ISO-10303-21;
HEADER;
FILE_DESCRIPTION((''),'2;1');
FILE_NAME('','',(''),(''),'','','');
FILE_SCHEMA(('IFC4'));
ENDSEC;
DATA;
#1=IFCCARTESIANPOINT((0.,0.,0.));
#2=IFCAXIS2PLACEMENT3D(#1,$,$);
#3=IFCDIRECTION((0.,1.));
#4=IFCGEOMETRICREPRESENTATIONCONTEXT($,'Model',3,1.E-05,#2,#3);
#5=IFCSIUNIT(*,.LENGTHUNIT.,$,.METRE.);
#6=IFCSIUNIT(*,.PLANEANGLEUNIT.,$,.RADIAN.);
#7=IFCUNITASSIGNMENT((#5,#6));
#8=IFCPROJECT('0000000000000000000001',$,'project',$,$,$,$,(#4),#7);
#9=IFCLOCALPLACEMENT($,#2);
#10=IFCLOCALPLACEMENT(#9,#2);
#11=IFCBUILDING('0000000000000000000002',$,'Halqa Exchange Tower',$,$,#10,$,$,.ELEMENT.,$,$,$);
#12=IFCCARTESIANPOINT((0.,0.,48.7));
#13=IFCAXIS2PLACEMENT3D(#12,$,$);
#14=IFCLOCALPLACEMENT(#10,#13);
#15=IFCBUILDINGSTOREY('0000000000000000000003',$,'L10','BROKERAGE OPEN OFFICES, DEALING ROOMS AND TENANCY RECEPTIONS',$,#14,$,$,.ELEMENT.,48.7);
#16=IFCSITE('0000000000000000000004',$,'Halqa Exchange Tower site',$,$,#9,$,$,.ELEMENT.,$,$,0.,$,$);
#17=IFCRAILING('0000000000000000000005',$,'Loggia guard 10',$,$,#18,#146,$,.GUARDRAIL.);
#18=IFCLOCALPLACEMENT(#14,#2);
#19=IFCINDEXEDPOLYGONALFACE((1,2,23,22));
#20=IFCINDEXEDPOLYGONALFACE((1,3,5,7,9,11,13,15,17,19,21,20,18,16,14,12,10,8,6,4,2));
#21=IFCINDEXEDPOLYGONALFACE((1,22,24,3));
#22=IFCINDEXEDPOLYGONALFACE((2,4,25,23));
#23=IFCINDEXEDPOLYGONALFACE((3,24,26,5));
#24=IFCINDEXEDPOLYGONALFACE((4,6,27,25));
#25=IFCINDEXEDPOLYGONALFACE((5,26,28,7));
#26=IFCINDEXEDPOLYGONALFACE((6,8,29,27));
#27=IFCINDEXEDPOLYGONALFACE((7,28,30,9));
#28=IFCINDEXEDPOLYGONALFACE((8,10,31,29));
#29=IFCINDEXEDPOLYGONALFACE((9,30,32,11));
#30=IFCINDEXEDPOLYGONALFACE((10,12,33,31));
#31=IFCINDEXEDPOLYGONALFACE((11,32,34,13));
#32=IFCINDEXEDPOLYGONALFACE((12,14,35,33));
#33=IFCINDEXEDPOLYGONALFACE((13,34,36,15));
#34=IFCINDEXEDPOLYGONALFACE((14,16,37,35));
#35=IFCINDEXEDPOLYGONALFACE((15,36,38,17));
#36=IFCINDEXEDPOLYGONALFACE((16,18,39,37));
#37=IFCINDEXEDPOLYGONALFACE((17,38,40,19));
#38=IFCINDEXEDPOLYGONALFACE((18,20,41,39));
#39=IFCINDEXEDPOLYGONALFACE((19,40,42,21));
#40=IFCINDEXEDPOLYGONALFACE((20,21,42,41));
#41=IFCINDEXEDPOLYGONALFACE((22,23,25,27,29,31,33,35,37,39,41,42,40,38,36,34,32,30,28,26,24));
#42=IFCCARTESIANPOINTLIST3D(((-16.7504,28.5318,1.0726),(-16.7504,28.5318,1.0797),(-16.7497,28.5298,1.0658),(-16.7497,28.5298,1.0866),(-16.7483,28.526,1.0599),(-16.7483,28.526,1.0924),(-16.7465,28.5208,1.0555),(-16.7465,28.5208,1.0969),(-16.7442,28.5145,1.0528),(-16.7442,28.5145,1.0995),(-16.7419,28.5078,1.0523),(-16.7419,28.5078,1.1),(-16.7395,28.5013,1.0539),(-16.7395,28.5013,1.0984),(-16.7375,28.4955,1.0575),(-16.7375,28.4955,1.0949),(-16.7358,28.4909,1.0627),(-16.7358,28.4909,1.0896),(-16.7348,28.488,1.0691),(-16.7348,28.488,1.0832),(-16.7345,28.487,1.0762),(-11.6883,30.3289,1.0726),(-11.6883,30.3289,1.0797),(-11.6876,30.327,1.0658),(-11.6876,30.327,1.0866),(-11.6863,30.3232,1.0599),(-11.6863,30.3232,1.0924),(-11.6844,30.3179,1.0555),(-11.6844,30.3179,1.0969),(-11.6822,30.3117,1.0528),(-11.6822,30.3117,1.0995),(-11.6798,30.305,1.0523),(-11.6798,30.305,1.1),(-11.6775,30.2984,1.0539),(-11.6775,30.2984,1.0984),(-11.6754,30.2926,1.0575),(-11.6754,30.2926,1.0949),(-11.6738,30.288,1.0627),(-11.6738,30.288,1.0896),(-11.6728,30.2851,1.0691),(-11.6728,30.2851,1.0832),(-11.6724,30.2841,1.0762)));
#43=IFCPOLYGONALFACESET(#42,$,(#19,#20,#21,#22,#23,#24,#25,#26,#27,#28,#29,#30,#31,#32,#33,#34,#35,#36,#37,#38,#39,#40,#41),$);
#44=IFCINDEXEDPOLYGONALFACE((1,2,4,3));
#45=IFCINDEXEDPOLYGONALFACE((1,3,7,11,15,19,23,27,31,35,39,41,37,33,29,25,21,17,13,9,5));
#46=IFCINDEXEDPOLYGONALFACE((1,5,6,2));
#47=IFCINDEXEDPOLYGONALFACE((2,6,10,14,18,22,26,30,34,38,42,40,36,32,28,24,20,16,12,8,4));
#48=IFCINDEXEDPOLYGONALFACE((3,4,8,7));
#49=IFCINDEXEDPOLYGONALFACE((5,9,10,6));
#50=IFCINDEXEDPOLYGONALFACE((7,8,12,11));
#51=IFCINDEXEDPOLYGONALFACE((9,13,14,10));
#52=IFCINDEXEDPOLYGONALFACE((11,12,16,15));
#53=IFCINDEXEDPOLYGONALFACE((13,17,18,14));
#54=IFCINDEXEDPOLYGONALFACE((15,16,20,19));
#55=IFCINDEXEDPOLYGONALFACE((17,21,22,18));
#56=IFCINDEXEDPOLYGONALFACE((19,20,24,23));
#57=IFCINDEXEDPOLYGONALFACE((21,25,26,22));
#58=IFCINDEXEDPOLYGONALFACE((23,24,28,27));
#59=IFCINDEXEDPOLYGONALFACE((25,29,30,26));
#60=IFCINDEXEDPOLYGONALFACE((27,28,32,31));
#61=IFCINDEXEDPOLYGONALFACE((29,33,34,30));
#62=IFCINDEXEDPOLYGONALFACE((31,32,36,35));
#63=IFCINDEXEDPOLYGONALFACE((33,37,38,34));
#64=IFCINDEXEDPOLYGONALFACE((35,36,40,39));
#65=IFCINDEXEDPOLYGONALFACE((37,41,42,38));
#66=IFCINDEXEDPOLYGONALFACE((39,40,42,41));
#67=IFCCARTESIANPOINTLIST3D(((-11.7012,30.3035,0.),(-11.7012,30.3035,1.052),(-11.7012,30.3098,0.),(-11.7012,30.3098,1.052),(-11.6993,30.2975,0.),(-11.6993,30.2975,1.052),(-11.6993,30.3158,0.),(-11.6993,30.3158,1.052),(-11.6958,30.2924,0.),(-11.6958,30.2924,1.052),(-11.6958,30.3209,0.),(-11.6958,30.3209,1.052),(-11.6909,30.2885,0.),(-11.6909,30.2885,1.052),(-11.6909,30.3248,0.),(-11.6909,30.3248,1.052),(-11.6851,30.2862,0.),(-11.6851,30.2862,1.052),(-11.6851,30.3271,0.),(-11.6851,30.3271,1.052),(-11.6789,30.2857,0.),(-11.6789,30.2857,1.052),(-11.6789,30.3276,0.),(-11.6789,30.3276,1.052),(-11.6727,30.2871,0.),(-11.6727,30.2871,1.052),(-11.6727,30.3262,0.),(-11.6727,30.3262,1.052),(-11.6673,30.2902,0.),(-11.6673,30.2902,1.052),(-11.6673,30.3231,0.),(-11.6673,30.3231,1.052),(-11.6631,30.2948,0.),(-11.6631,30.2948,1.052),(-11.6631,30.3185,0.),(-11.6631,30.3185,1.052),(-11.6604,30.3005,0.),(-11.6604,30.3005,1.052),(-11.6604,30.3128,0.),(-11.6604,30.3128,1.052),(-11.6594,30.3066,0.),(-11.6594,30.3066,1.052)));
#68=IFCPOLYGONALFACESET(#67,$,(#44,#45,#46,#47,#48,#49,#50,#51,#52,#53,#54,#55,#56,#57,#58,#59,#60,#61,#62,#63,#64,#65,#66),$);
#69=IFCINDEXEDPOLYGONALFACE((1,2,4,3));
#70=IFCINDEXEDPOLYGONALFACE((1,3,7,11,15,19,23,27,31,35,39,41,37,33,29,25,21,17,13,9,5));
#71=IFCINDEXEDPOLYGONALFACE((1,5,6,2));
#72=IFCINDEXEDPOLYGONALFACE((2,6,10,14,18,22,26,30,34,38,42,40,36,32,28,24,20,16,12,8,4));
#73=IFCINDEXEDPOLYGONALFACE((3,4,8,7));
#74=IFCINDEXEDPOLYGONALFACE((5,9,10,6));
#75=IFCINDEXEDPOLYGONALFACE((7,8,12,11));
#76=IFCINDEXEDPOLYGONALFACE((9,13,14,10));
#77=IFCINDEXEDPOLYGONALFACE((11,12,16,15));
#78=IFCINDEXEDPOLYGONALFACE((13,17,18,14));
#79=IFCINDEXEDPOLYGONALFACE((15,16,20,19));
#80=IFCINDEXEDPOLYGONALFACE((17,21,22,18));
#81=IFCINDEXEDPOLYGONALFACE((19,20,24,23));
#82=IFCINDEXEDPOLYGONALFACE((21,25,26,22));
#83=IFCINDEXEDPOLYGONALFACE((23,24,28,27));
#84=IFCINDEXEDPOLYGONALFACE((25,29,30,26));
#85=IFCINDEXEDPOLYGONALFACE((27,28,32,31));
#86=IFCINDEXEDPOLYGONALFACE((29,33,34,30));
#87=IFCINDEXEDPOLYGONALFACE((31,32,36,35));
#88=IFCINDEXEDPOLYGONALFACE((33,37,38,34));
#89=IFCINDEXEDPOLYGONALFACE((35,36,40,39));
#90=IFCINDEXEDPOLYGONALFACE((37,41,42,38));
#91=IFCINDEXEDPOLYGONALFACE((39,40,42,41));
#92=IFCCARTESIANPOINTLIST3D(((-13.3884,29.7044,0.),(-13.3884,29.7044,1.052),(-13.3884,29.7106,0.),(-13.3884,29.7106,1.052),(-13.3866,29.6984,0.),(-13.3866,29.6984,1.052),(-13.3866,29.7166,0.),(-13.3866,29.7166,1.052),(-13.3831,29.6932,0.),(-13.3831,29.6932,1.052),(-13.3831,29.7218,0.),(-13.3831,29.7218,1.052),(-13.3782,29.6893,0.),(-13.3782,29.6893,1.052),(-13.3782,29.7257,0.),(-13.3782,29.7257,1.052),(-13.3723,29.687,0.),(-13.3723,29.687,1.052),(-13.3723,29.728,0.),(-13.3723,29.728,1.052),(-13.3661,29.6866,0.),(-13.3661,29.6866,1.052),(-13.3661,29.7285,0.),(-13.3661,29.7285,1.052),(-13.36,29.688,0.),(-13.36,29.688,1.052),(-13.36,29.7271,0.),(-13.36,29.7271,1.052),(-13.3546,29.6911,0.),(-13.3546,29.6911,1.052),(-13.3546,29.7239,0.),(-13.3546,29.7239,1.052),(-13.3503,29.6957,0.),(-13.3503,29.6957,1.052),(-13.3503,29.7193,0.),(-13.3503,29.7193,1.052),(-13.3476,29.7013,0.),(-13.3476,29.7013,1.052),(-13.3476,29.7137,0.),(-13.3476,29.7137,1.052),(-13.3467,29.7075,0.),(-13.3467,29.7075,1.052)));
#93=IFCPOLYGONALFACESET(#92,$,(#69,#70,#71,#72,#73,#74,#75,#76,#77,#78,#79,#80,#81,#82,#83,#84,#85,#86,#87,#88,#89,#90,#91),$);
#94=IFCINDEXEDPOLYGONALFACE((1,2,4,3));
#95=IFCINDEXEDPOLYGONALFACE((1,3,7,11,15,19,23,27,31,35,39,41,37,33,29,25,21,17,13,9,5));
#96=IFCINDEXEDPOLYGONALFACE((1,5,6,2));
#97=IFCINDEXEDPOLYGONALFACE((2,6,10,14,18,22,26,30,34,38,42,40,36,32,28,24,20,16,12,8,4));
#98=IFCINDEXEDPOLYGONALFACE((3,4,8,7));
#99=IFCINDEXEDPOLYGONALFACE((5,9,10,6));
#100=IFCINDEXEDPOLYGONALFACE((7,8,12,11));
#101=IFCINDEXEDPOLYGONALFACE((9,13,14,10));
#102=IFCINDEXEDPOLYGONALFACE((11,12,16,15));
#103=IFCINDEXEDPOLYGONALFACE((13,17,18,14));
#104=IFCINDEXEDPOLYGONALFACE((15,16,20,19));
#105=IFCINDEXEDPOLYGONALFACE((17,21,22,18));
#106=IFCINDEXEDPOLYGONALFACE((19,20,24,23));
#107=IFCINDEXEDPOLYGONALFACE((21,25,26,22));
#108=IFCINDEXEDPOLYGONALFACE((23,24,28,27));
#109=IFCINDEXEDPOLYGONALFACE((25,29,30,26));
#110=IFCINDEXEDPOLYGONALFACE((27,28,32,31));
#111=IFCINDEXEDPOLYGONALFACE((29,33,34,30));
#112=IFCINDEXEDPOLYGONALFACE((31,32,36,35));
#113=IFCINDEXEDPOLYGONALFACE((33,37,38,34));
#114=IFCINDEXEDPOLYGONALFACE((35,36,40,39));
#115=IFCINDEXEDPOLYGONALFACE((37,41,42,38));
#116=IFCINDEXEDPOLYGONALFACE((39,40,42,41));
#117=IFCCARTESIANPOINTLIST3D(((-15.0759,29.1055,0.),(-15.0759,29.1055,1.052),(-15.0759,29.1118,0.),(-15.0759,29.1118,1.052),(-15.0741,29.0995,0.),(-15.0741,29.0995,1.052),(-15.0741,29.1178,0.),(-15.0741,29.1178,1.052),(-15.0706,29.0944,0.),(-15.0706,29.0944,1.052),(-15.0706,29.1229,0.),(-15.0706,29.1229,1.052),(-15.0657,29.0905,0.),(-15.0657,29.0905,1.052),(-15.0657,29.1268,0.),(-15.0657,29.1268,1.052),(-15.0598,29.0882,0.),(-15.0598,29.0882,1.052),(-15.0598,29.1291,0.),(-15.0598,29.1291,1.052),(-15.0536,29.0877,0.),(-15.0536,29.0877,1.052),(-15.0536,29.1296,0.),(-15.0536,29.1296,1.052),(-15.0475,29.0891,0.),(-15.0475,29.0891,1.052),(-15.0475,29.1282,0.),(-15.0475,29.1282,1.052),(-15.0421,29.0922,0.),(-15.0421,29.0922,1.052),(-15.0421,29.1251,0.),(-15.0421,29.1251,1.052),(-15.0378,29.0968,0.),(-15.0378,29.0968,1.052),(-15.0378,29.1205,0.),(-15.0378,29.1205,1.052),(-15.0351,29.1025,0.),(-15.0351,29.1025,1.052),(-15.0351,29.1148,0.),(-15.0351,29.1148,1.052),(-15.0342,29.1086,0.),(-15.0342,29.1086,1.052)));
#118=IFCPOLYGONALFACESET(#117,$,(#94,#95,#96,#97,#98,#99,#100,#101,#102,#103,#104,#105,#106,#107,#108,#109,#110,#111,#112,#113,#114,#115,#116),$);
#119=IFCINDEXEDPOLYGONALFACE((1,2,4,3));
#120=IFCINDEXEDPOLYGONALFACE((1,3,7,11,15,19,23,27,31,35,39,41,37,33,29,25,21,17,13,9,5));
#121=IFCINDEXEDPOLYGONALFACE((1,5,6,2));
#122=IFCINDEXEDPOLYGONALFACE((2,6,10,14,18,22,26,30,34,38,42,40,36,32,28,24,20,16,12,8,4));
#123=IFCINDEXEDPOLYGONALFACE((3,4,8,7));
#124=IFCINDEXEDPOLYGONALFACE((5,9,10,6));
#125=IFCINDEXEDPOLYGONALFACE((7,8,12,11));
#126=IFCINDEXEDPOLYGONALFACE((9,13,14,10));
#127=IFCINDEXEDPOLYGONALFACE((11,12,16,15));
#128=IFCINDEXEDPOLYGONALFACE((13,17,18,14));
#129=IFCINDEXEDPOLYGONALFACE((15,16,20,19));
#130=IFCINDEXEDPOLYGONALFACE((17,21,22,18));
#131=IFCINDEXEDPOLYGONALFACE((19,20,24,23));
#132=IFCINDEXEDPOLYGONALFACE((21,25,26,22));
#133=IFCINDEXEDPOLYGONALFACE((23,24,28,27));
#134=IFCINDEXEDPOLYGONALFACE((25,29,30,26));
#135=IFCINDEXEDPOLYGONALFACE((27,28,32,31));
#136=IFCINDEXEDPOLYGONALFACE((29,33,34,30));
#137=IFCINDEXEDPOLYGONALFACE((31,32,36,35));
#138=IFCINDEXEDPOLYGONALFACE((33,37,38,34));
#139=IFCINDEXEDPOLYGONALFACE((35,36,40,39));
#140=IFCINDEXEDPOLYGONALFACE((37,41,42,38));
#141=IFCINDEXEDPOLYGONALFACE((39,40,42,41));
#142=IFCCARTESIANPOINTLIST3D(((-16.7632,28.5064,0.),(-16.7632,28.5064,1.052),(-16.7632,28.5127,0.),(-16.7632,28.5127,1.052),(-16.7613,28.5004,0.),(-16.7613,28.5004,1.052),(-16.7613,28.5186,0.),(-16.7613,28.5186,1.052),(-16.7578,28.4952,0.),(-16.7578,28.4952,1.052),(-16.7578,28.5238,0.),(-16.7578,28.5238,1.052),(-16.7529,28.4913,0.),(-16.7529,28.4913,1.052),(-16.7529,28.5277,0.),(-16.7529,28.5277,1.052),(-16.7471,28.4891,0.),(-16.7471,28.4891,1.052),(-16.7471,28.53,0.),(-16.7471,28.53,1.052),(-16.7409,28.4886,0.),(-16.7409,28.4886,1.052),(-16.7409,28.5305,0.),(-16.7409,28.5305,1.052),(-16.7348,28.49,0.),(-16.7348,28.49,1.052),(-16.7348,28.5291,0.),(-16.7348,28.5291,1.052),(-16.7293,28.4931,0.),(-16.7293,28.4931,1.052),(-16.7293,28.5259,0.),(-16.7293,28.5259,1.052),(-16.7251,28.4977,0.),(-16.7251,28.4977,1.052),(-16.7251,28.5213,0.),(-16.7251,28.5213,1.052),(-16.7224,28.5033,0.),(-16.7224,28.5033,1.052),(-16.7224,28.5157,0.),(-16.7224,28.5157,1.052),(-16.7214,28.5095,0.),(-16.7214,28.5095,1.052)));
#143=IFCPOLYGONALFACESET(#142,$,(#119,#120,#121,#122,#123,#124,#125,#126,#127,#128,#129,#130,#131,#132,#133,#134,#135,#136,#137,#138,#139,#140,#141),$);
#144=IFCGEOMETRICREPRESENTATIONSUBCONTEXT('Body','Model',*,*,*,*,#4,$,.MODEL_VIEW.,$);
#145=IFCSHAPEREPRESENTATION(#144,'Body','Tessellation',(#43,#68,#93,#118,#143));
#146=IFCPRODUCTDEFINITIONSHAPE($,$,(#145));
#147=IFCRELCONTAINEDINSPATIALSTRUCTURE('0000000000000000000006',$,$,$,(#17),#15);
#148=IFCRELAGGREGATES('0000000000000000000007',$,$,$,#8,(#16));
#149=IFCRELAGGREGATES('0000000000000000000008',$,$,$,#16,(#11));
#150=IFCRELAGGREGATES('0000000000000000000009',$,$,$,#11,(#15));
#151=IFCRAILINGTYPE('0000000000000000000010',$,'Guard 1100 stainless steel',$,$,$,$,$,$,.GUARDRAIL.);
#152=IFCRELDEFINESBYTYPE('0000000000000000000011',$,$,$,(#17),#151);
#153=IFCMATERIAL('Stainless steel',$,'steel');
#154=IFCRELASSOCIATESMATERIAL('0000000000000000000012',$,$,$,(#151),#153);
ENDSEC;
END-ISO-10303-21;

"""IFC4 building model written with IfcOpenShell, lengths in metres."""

from ifc_helpers import new_model, si_unit, direction, frame, origin, origin_2d, place, context, subcontext, project, spatial, circle, extrude, material, type_object, element, save


model = new_model("IFC4")

# Units and contexts
model_context = context("Model", 3, precision=1e-05, world=origin(), true_north=direction((0.0, 1.0)))
body_context = subcontext(model_context, "Body", "Model", "MODEL_VIEW")
ifc_project = project(units=[si_unit("LENGTHUNIT", "METRE"), si_unit("PLANEANGLEUNIT", "RADIAN")], contexts=[model_context])

# Site, building, storey
site_placement = place(None, origin())
site = spatial("IfcSite", under=ifc_project, at=site_placement, Name="Halqa Exchange Tower site", CompositionType="ELEMENT", RefElevation=0.0)
building_placement = place(site_placement, origin())
building = spatial("IfcBuilding", under=site, at=building_placement, Name="Halqa Exchange Tower", CompositionType="ELEMENT")
storey_placement = place(building_placement, frame((0.0, 0.0, 48.7)))
storey = spatial("IfcBuildingStorey", under=building, at=storey_placement, Name="L10", Description="BROKERAGE OPEN OFFICES, DEALING ROOMS AND TENANCY RECEPTIONS", CompositionType="ELEMENT", Elevation=48.7)

# Railing
ifc_material_1 = material(Name="Stainless steel", Category="steel")
railing_type_1 = type_object("IfcRailingType", Name="Guard 1100 stainless steel", PredefinedType="GUARDRAIL", material=ifc_material_1)
railing_1_placement = place(storey_placement, frame((-11.6804, 30.3066, 0.0)))
element("IfcRailing", 1, at=railing_1_placement, inside=storey, type_object=railing_type_1, Name="Loggia guard 10", PredefinedType="GUARDRAIL", context=body_context, shape_type="SweptSolid", body=[
    extrude(circle(Radius=0.0239, at=origin_2d()), frame((0.0, 0.0, 1.0762), z_axis=(-0.942374, -0.334562, 0.0), x_axis=(0.334562, -0.942374, 0.0)), (0.0, 0.0, 1.0), 5.3716),
    extrude(circle(Radius=0.021, at=origin_2d()), origin(), (0.0, 0.0, 1.0), 1.052),
    extrude(circle(Radius=0.021, at=origin_2d()), frame((-1.6873, -0.5991, 0.0)), (0.0, 0.0, 1.0), 1.052),
    extrude(circle(Radius=0.021, at=origin_2d()), frame((-3.3748, -1.198, 0.0)), (0.0, 0.0, 1.0), 1.052),
    extrude(circle(Radius=0.021, at=origin_2d()), frame((-5.062, -1.7971, 0.0)), (0.0, 0.0, 1.0), 1.052),
])

save(model, "model.ifc")
